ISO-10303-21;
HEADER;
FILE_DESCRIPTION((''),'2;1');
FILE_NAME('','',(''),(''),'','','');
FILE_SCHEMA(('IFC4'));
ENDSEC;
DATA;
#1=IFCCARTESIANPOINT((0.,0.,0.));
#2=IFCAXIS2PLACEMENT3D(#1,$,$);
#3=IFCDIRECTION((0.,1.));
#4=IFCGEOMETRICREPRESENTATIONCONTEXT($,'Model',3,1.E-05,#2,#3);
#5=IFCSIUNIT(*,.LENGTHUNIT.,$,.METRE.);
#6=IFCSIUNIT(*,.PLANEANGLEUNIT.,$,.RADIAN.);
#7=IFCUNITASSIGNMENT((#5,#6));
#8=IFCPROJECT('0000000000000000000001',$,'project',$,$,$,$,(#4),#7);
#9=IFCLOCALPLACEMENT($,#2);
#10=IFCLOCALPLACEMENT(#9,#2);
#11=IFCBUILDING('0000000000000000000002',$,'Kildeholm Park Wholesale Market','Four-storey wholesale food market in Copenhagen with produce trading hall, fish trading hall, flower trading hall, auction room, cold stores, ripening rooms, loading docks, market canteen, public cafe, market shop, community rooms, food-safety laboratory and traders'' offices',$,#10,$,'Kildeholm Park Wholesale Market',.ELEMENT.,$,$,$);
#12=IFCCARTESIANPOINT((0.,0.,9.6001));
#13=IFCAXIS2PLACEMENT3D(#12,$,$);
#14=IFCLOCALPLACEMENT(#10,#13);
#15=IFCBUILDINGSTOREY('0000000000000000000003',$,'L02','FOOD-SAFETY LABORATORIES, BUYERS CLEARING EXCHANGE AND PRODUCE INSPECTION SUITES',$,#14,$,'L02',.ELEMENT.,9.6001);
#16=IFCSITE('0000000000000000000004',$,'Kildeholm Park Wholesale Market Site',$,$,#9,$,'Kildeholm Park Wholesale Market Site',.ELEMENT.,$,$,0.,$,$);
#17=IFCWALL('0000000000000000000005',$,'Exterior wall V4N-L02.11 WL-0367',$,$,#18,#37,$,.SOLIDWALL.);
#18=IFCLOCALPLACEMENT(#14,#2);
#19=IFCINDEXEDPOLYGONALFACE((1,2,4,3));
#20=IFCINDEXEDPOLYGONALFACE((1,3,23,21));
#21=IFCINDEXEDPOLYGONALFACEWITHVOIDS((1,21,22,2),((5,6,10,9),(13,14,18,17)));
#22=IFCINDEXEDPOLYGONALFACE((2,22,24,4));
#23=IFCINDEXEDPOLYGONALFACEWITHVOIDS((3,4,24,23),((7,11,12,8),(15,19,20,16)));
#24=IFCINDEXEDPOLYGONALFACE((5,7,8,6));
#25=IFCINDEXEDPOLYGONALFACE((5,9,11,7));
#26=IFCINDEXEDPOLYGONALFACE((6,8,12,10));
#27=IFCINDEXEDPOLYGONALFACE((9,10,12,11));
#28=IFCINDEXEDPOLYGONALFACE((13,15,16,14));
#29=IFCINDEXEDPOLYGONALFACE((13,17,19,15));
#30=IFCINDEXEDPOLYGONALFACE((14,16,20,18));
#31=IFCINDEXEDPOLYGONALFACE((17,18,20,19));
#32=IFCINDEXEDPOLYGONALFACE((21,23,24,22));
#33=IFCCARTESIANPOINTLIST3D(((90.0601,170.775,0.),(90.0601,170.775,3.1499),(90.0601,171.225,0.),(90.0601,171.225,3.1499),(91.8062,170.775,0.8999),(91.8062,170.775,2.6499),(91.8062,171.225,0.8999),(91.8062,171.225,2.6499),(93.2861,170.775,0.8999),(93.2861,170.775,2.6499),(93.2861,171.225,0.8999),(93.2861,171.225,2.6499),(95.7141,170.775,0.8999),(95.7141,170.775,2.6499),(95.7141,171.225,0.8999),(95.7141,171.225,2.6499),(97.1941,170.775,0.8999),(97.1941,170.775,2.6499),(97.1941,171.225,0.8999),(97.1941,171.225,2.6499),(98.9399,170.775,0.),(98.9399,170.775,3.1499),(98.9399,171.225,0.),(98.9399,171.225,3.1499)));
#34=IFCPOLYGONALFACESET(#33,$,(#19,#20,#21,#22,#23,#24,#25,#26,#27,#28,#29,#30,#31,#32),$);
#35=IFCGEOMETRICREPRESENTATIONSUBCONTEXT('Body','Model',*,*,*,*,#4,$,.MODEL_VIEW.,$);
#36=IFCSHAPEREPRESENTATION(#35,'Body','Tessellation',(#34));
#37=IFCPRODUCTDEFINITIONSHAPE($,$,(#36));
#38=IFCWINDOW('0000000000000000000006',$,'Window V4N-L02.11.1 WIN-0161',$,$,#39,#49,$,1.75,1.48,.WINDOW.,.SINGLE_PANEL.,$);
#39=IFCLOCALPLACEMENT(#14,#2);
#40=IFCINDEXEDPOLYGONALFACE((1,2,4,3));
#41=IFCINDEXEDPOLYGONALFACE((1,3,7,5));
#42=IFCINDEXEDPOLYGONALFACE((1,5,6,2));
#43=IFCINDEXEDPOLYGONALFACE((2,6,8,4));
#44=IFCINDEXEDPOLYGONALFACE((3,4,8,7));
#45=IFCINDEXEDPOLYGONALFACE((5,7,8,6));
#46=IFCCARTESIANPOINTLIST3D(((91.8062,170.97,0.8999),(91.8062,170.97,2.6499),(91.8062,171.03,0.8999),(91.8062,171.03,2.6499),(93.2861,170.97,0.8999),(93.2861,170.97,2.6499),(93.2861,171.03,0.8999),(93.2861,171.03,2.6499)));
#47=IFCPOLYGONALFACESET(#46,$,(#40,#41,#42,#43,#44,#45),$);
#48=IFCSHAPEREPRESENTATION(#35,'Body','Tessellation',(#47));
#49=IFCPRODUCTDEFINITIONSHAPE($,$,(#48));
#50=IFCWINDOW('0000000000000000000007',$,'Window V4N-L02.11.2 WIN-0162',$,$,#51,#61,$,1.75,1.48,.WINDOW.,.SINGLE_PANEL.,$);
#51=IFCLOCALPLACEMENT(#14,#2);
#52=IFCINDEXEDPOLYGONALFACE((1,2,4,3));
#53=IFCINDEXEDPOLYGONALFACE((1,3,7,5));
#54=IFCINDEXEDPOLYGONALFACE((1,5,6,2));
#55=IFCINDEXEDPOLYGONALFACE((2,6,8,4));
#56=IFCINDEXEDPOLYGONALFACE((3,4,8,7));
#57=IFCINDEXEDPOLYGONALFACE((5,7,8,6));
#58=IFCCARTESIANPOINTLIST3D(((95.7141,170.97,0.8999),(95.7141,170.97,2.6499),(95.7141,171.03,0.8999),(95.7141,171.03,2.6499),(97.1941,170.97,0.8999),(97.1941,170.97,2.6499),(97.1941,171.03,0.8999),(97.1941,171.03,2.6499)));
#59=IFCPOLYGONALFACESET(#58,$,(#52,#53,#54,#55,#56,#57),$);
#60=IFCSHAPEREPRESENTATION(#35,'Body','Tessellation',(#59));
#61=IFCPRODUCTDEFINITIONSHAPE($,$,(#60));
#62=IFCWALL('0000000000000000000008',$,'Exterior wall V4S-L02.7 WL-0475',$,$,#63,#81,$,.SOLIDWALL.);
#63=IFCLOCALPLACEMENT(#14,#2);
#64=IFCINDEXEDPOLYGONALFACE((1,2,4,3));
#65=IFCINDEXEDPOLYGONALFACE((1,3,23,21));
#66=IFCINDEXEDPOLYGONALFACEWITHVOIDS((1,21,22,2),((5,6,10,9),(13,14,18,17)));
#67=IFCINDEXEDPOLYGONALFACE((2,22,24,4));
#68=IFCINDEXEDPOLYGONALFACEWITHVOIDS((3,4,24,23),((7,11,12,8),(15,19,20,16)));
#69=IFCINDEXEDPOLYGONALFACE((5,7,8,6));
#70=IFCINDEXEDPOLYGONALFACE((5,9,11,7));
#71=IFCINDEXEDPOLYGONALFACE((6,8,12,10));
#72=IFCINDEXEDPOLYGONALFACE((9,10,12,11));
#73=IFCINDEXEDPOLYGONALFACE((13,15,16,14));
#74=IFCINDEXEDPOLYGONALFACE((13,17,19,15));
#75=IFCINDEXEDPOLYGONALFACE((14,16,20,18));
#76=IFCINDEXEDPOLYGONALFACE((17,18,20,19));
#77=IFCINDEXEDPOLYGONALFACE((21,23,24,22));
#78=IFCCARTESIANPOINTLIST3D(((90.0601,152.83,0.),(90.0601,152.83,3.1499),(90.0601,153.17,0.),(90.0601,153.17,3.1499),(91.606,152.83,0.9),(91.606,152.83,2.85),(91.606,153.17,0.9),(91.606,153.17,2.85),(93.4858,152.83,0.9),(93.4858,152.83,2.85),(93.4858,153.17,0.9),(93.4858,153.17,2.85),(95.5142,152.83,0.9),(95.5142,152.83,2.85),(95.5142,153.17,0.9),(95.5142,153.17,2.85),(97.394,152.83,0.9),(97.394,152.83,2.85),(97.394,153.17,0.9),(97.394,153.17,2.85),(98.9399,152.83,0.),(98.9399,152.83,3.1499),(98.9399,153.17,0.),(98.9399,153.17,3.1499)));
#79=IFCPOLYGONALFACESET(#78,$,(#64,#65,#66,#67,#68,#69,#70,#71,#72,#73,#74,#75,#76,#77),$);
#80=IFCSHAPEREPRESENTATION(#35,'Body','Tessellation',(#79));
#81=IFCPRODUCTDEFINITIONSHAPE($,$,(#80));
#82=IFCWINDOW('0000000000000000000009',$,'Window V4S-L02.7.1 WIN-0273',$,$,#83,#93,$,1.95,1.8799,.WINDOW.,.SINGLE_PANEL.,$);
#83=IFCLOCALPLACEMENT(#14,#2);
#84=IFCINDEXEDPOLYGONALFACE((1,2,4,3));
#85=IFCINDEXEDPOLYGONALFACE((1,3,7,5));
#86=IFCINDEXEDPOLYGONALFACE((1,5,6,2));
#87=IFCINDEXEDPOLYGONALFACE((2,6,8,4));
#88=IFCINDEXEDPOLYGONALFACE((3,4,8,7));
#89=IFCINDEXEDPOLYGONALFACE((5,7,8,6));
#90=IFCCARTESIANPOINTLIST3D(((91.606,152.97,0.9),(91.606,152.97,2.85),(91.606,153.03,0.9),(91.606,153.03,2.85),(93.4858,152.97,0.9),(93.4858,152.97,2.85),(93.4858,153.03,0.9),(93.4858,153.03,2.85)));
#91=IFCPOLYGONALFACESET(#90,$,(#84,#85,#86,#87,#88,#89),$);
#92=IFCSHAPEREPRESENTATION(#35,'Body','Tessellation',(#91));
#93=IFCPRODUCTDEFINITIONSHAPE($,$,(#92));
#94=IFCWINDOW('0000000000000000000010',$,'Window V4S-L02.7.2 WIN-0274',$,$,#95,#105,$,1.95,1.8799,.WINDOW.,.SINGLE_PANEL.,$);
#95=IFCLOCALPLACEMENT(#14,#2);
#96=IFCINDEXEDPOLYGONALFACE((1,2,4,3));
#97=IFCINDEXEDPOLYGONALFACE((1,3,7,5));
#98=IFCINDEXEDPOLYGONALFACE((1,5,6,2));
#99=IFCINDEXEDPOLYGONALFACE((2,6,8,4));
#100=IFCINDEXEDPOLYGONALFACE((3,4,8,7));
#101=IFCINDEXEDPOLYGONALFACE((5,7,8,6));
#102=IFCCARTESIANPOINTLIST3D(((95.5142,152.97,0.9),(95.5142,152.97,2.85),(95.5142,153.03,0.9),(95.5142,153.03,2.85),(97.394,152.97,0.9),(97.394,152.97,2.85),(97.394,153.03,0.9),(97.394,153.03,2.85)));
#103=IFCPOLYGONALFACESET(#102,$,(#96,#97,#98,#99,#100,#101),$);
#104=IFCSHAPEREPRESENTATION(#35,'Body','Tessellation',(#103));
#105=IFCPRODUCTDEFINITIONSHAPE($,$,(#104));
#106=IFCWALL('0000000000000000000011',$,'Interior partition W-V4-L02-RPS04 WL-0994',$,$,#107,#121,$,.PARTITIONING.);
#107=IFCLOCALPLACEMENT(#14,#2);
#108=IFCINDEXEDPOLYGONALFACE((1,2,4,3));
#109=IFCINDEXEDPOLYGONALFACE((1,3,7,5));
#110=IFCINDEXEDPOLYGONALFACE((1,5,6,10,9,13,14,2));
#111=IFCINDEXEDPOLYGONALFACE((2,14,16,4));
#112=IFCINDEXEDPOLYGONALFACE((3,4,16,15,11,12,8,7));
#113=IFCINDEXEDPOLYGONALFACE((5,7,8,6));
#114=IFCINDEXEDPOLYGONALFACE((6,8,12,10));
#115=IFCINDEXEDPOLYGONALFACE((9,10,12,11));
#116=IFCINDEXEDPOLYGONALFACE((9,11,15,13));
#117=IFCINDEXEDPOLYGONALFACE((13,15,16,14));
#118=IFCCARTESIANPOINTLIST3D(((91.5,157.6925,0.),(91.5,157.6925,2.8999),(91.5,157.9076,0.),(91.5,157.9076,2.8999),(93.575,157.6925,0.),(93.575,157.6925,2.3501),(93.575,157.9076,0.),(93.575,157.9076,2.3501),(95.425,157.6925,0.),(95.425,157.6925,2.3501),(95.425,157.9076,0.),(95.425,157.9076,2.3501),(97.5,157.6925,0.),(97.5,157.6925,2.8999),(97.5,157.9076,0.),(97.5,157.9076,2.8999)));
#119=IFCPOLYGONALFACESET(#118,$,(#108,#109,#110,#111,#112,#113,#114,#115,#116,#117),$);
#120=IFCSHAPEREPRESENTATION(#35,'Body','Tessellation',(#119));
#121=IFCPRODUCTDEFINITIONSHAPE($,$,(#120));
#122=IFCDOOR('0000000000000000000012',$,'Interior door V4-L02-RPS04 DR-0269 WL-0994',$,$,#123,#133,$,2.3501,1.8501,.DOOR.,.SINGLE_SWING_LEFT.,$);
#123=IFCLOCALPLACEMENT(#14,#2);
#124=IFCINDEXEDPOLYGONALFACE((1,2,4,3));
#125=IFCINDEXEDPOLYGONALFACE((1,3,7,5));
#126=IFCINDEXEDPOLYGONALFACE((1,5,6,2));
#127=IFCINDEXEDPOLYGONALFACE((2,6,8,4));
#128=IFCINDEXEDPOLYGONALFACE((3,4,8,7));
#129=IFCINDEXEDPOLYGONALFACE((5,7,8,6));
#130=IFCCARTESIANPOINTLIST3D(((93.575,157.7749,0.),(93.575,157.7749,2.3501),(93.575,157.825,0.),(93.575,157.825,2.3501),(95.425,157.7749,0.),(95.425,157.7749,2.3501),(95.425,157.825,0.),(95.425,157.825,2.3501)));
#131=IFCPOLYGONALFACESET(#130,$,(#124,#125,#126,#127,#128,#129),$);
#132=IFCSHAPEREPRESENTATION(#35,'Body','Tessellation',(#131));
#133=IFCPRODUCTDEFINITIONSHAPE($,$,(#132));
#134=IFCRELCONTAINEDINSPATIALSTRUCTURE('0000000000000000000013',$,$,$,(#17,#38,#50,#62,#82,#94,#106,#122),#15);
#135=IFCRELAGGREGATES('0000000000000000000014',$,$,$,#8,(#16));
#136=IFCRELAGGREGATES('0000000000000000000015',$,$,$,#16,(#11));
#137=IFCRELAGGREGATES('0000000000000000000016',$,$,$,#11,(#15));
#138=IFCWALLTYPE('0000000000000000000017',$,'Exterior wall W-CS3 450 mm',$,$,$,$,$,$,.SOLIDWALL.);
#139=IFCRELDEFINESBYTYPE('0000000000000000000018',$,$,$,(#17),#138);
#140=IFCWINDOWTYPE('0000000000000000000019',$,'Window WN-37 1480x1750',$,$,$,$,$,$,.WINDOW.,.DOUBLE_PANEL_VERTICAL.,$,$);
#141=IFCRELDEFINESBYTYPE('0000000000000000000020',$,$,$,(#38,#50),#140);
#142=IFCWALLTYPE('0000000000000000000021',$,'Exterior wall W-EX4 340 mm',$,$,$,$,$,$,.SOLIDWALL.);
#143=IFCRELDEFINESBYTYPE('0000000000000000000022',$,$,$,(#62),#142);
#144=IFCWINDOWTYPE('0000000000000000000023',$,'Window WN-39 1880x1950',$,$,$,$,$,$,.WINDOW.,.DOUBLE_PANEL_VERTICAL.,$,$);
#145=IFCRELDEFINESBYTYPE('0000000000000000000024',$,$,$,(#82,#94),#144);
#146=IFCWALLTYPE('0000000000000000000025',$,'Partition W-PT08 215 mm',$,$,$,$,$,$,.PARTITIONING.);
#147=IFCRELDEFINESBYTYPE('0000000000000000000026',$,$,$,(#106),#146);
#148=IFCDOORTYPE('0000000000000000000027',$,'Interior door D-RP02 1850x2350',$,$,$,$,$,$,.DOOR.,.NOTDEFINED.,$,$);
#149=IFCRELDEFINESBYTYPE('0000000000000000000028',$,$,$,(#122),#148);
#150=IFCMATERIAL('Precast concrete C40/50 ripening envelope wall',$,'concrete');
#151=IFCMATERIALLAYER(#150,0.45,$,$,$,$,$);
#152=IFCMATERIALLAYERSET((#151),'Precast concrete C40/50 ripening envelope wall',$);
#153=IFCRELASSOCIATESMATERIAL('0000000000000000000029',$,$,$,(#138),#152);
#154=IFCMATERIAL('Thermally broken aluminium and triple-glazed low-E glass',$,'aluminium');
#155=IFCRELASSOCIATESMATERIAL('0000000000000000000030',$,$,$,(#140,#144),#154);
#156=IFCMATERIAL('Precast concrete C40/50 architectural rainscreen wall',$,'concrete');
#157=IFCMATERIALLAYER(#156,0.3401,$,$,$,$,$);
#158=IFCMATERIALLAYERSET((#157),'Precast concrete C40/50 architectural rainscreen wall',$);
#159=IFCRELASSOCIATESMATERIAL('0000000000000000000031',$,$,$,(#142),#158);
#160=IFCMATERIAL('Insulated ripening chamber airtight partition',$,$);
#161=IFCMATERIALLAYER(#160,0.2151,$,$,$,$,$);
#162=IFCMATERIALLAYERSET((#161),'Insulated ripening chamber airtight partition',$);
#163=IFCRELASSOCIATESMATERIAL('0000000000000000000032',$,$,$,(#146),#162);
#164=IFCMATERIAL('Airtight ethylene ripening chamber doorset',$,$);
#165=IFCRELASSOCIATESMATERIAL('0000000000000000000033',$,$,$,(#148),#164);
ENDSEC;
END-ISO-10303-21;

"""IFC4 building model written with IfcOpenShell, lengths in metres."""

from ifc_helpers import new_model, si_unit, direction, frame, frame_2d, origin, place, context, subcontext, project, spatial, rectangle, extrude, material, layer, layer_set, type_object, element, fill, save


model = new_model("IFC4")

# Units and contexts
model_context = context("Model", 3, precision=1e-05, world=origin(), true_north=direction((0.0, 1.0)))
body_context = subcontext(model_context, "Body", "Model", "MODEL_VIEW")
ifc_project = project(units=[si_unit("LENGTHUNIT", "METRE"), si_unit("PLANEANGLEUNIT", "RADIAN")], contexts=[model_context])

# Site, building, storey
site_placement = place(None, origin())
site = spatial("IfcSite", under=ifc_project, at=site_placement, Name="Kildeholm Park Wholesale Market Site", LongName="Kildeholm Park Wholesale Market Site", CompositionType="ELEMENT", RefElevation=0.0)
building_placement = place(site_placement, origin())
building = spatial("IfcBuilding", under=site, at=building_placement, Name="Kildeholm Park Wholesale Market", Description="Four-storey wholesale food market in Copenhagen with produce trading hall, fish trading hall, flower trading hall, auction room, cold stores, ripening rooms, loading docks, market canteen, public cafe, market shop, community rooms, food-safety laboratory and traders' offices", LongName="Kildeholm Park Wholesale Market", CompositionType="ELEMENT")
storey_placement = place(building_placement, frame((0.0, 0.0, 9.6001)))
storey = spatial("IfcBuildingStorey", under=building, at=storey_placement, Name="L02", Description="FOOD-SAFETY LABORATORIES, BUYERS CLEARING EXCHANGE AND PRODUCE INSPECTION SUITES", LongName="L02", CompositionType="ELEMENT", Elevation=9.6001)

# Walls, openings, windows
ifc_material_1 = material(Name="Precast concrete C40/50 ripening envelope wall", Category="concrete")
ifc_layer_1 = layer(ifc_material_1, 0.45)
ifc_layer_set_1 = layer_set([ifc_layer_1], Name="Precast concrete C40/50 ripening envelope wall")
wall_type_1 = type_object("IfcWallType", Name="Exterior wall W-CS3 450 mm", PredefinedType="SOLIDWALL", material=ifc_layer_set_1)
ifc_material_2 = material(Name="Thermally broken aluminium and triple-glazed low-E glass", Category="aluminium")
wall_1_placement = place(storey_placement, frame((90.0601, 171.0, 0.0), z_axis=(0.0, 0.0, 1.0), x_axis=(1.0, 0.0, 0.0)))
wall_1 = element("IfcWall", 1, at=wall_1_placement, inside=storey, type_object=wall_type_1, Name="Exterior wall V4N-L02.11 WL-0367", PredefinedType="SOLIDWALL", context=body_context, shape_type="SweptSolid", body=[
    extrude(rectangle(XDim=8.8799, YDim=0.45, at=frame_2d((4.4399, 0.0))), origin(), (0.0, 0.0, 1.0), 3.1499),
])
opening_1_placement = place(wall_1_placement, frame((1.7461, 0.0, 0.8999)))
opening_1 = element("IfcOpeningElement", 2, at=opening_1_placement, cuts=wall_1, PredefinedType="OPENING", context=body_context, shape_type="SweptSolid", body=[
    extrude(rectangle(XDim=1.48, YDim=1.75, at=frame_2d((0.74, 0.875))), frame((0.0, 0.2349, 0.0), z_axis=(0.0, -1.0, 0.0), x_axis=(1.0, 0.0, 0.0)), (0.0, 0.0, 1.0), 0.47),
])
opening_2_placement = place(wall_1_placement, frame((5.6541, 0.0, 0.8999)))
opening_2 = element("IfcOpeningElement", 3, at=opening_2_placement, cuts=wall_1, PredefinedType="OPENING", context=body_context, shape_type="SweptSolid", body=[
    extrude(rectangle(XDim=1.48, YDim=1.75, at=frame_2d((0.74, 0.875))), frame((0.0, 0.2349, 0.0), z_axis=(0.0, -1.0, 0.0), x_axis=(1.0, 0.0, 0.0)), (0.0, 0.0, 1.0), 0.47),
])
window_type_1 = type_object("IfcWindowType", Name="Window WN-37 1480x1750", PartitioningType="DOUBLE_PANEL_VERTICAL", PredefinedType="WINDOW", material=ifc_material_2)
window_1_placement = place(opening_1_placement, origin())
window_1 = element("IfcWindow", 4, at=window_1_placement, inside=storey, type_object=window_type_1, Name="Window V4N-L02.11.1 WIN-0161", OverallHeight=1.75, OverallWidth=1.48, PartitioningType="SINGLE_PANEL", PredefinedType="WINDOW", context=body_context, shape_type="SweptSolid", body=[
    extrude(rectangle(XDim=1.48, YDim=1.75, at=frame_2d((0.74, 0.875))), frame((0.0, 0.03, 0.0), z_axis=(0.0, -1.0, 0.0), x_axis=(1.0, 0.0, 0.0)), (0.0, 0.0, 1.0), 0.0601),
])
fill(opening_1, window_1)
window_2_placement = place(opening_2_placement, origin())
window_2 = element("IfcWindow", 5, at=window_2_placement, inside=storey, type_object=window_type_1, Name="Window V4N-L02.11.2 WIN-0162", OverallHeight=1.75, OverallWidth=1.48, PartitioningType="SINGLE_PANEL", PredefinedType="WINDOW", context=body_context, shape_type="SweptSolid", body=[
    extrude(rectangle(XDim=1.48, YDim=1.75, at=frame_2d((0.74, 0.875))), frame((0.0, 0.03, 0.0), z_axis=(0.0, -1.0, 0.0), x_axis=(1.0, 0.0, 0.0)), (0.0, 0.0, 1.0), 0.0601),
])
fill(opening_2, window_2)
ifc_material_3 = material(Name="Precast concrete C40/50 architectural rainscreen wall", Category="concrete")
ifc_layer_2 = layer(ifc_material_3, 0.3401)
ifc_layer_set_2 = layer_set([ifc_layer_2], Name="Precast concrete C40/50 architectural rainscreen wall")
wall_type_2 = type_object("IfcWallType", Name="Exterior wall W-EX4 340 mm", PredefinedType="SOLIDWALL", material=ifc_layer_set_2)
wall_2_placement = place(storey_placement, frame((90.0601, 153.0, 0.0), z_axis=(0.0, 0.0, 1.0), x_axis=(1.0, 0.0, 0.0)))
wall_2 = element("IfcWall", 6, at=wall_2_placement, inside=storey, type_object=wall_type_2, Name="Exterior wall V4S-L02.7 WL-0475", PredefinedType="SOLIDWALL", context=body_context, shape_type="SweptSolid", body=[
    extrude(rectangle(XDim=8.8799, YDim=0.3401, at=frame_2d((4.4399, 0.0))), origin(), (0.0, 0.0, 1.0), 3.1499),
])
opening_3_placement = place(wall_2_placement, frame((1.5459, 0.0, 0.8999)))
opening_3 = element("IfcOpeningElement", 7, at=opening_3_placement, cuts=wall_2, PredefinedType="OPENING", context=body_context, shape_type="SweptSolid", body=[
    extrude(rectangle(XDim=1.8799, YDim=1.95, at=frame_2d((0.9399, 0.9751))), frame((0.0, 0.1799, 0.0), z_axis=(0.0, -1.0, 0.0), x_axis=(1.0, 0.0, 0.0)), (0.0, 0.0, 1.0), 0.3601),
])
opening_4_placement = place(wall_2_placement, frame((5.4541, 0.0, 0.8999)))
opening_4 = element("IfcOpeningElement", 8, at=opening_4_placement, cuts=wall_2, PredefinedType="OPENING", context=body_context, shape_type="SweptSolid", body=[
    extrude(rectangle(XDim=1.8799, YDim=1.95, at=frame_2d((0.9399, 0.9751))), frame((0.0, 0.1799, 0.0), z_axis=(0.0, -1.0, 0.0), x_axis=(1.0, 0.0, 0.0)), (0.0, 0.0, 1.0), 0.3601),
])
window_type_2 = type_object("IfcWindowType", Name="Window WN-39 1880x1950", PartitioningType="DOUBLE_PANEL_VERTICAL", PredefinedType="WINDOW", material=ifc_material_2)
window_3_placement = place(opening_3_placement, origin())
window_3 = element("IfcWindow", 9, at=window_3_placement, inside=storey, type_object=window_type_2, Name="Window V4S-L02.7.1 WIN-0273", OverallHeight=1.95, OverallWidth=1.8799, PartitioningType="SINGLE_PANEL", PredefinedType="WINDOW", context=body_context, shape_type="SweptSolid", body=[
    extrude(rectangle(XDim=1.8799, YDim=1.95, at=frame_2d((0.9399, 0.9751))), frame((0.0, 0.03, 0.0), z_axis=(0.0, -1.0, 0.0), x_axis=(1.0, 0.0, 0.0)), (0.0, 0.0, 1.0), 0.0601),
])
fill(opening_3, window_3)
window_4_placement = place(opening_4_placement, origin())
window_4 = element("IfcWindow", 10, at=window_4_placement, inside=storey, type_object=window_type_2, Name="Window V4S-L02.7.2 WIN-0274", OverallHeight=1.95, OverallWidth=1.8799, PartitioningType="SINGLE_PANEL", PredefinedType="WINDOW", context=body_context, shape_type="SweptSolid", body=[
    extrude(rectangle(XDim=1.8799, YDim=1.95, at=frame_2d((0.9399, 0.9751))), frame((0.0, 0.03, 0.0), z_axis=(0.0, -1.0, 0.0), x_axis=(1.0, 0.0, 0.0)), (0.0, 0.0, 1.0), 0.0601),
])
fill(opening_4, window_4)

# Wall, opening, door
ifc_material_4 = material(Name="Insulated ripening chamber airtight partition")
ifc_layer_3 = layer(ifc_material_4, 0.2151)
ifc_layer_set_3 = layer_set([ifc_layer_3], Name="Insulated ripening chamber airtight partition")
wall_type_3 = type_object("IfcWallType", Name="Partition W-PT08 215 mm", PredefinedType="PARTITIONING", material=ifc_layer_set_3)
wall_3_placement = place(storey_placement, frame((91.5, 157.8, 0.0), z_axis=(0.0, 0.0, 1.0), x_axis=(1.0, 0.0, 0.0)))
wall_3 = element("IfcWall", 11, at=wall_3_placement, inside=storey, type_object=wall_type_3, Name="Interior partition W-V4-L02-RPS04 WL-0994", PredefinedType="PARTITIONING", context=body_context, shape_type="SweptSolid", body=[
    extrude(rectangle(XDim=6.0, YDim=0.2151, at=frame_2d((3.0, 0.0))), origin(), (0.0, 0.0, 1.0), 2.8999),
])
opening_5_placement = place(wall_3_placement, frame((2.075, 0.0, 0.0)))
opening_5 = element("IfcOpeningElement", 12, at=opening_5_placement, cuts=wall_3, PredefinedType="OPENING", context=body_context, shape_type="SweptSolid", body=[
    extrude(rectangle(XDim=1.8501, YDim=2.3501, at=frame_2d((0.925, 1.175))), frame((0.0, 0.1174, 0.0), z_axis=(0.0, -1.0, 0.0), x_axis=(1.0, 0.0, 0.0)), (0.0, 0.0, 1.0), 0.2351),
])
ifc_material_5 = material(Name="Airtight ethylene ripening chamber doorset")
door_type = type_object("IfcDoorType", Name="Interior door D-RP02 1850x2350", OperationType="NOTDEFINED", PredefinedType="DOOR", material=ifc_material_5)
door_placement = place(opening_5_placement, origin())
door = element("IfcDoor", 13, at=door_placement, inside=storey, type_object=door_type, Name="Interior door V4-L02-RPS04 DR-0269 WL-0994", OperationType="SINGLE_SWING_LEFT", OverallHeight=2.3501, OverallWidth=1.8501, PredefinedType="DOOR", context=body_context, shape_type="SweptSolid", body=[
    extrude(rectangle(XDim=1.8501, YDim=2.3501, at=frame_2d((0.925, 1.175))), frame((0.0, 0.0249, 0.0), z_axis=(0.0, -1.0, 0.0), x_axis=(1.0, 0.0, 0.0)), (0.0, 0.0, 1.0), 0.05),
])
fill(opening_5, door)

save(model, "model.ifc")
